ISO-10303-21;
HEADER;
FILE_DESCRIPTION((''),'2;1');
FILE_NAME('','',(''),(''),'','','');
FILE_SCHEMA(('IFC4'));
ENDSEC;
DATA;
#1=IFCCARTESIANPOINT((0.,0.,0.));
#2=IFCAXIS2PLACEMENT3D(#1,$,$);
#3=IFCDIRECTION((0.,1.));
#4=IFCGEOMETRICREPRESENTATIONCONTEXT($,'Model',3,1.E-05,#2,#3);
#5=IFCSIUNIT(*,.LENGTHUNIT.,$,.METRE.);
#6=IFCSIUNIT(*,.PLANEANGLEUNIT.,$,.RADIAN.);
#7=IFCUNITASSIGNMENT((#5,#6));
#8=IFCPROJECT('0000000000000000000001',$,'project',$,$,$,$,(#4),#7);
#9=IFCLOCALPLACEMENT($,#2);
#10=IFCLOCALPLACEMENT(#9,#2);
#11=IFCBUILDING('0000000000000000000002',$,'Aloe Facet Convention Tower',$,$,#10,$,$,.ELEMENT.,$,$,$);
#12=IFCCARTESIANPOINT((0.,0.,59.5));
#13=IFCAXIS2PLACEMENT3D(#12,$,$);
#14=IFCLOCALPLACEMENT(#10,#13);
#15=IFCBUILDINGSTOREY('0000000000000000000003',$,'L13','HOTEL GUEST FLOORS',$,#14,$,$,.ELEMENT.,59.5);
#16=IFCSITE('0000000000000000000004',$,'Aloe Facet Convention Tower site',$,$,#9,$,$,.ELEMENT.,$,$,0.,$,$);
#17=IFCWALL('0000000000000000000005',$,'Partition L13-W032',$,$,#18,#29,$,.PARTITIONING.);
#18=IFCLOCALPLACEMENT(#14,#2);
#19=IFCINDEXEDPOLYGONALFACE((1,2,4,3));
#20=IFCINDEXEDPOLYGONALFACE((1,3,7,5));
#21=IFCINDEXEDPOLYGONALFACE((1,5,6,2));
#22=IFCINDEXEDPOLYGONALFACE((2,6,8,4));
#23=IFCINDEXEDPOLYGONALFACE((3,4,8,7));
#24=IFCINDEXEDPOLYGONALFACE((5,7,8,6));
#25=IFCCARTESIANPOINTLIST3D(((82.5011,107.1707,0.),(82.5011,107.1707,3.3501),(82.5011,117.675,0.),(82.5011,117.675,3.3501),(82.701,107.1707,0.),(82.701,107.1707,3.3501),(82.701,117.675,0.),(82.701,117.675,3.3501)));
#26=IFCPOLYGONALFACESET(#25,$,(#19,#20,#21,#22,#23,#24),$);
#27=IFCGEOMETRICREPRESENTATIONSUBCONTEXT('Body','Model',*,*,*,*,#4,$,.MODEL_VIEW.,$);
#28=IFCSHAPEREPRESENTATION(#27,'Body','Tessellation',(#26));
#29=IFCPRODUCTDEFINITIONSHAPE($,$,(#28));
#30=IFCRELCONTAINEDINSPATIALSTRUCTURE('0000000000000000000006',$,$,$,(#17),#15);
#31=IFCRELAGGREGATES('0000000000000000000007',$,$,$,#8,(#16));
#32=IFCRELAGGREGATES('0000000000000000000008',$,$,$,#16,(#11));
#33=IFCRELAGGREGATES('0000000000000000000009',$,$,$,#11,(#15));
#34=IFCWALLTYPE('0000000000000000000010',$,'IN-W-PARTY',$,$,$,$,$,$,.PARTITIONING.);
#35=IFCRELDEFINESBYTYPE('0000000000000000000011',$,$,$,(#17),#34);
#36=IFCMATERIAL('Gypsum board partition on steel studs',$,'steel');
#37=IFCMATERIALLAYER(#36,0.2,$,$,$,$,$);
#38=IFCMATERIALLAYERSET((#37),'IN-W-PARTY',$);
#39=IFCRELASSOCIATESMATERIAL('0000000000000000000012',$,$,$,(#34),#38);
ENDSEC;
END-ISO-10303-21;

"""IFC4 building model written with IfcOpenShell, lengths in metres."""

from ifc_helpers import new_model, si_unit, direction, frame, frame_2d, origin, place, context, subcontext, project, spatial, rectangle, extrude, material, layer, layer_set, type_object, element, save


model = new_model("IFC4")

# Units and contexts
model_context = context("Model", 3, precision=1e-05, world=origin(), true_north=direction((0.0, 1.0)))
body_context = subcontext(model_context, "Body", "Model", "MODEL_VIEW")
ifc_project = project(units=[si_unit("LENGTHUNIT", "METRE"), si_unit("PLANEANGLEUNIT", "RADIAN")], contexts=[model_context])

# Site, building, storey
site_placement = place(None, origin())
site = spatial("IfcSite", under=ifc_project, at=site_placement, Name="Aloe Facet Convention Tower site", CompositionType="ELEMENT", RefElevation=0.0)
building_placement = place(site_placement, origin())
building = spatial("IfcBuilding", under=site, at=building_placement, Name="Aloe Facet Convention Tower", CompositionType="ELEMENT")
storey_placement = place(building_placement, frame((0.0, 0.0, 59.5)))
storey = spatial("IfcBuildingStorey", under=building, at=storey_placement, Name="L13", Description="HOTEL GUEST FLOORS", CompositionType="ELEMENT", Elevation=59.5)

# Wall
ifc_material_1 = material(Name="Gypsum board partition on steel studs", Category="steel")
ifc_layer_1 = layer(ifc_material_1, 0.2)
ifc_layer_set_1 = layer_set([ifc_layer_1], Name="IN-W-PARTY")
wall_type_1 = type_object("IfcWallType", Name="IN-W-PARTY", PredefinedType="PARTITIONING", material=ifc_layer_set_1)
wall_1_placement = place(storey_placement, frame((82.6011, 107.1707, 0.0), z_axis=(0.0, 0.0, 1.0), x_axis=(0.0, 1.0, 0.0)))
element("IfcWall", 1, at=wall_1_placement, inside=storey, type_object=wall_type_1, Name="Partition L13-W032", PredefinedType="PARTITIONING", context=body_context, shape_type="SweptSolid", body=[
    extrude(rectangle(XDim=10.5044, YDim=0.2, at=frame_2d((5.2522, 0.0))), origin(), (0.0, 0.0, 1.0), 3.3501),
])

save(model, "model.ifc")
